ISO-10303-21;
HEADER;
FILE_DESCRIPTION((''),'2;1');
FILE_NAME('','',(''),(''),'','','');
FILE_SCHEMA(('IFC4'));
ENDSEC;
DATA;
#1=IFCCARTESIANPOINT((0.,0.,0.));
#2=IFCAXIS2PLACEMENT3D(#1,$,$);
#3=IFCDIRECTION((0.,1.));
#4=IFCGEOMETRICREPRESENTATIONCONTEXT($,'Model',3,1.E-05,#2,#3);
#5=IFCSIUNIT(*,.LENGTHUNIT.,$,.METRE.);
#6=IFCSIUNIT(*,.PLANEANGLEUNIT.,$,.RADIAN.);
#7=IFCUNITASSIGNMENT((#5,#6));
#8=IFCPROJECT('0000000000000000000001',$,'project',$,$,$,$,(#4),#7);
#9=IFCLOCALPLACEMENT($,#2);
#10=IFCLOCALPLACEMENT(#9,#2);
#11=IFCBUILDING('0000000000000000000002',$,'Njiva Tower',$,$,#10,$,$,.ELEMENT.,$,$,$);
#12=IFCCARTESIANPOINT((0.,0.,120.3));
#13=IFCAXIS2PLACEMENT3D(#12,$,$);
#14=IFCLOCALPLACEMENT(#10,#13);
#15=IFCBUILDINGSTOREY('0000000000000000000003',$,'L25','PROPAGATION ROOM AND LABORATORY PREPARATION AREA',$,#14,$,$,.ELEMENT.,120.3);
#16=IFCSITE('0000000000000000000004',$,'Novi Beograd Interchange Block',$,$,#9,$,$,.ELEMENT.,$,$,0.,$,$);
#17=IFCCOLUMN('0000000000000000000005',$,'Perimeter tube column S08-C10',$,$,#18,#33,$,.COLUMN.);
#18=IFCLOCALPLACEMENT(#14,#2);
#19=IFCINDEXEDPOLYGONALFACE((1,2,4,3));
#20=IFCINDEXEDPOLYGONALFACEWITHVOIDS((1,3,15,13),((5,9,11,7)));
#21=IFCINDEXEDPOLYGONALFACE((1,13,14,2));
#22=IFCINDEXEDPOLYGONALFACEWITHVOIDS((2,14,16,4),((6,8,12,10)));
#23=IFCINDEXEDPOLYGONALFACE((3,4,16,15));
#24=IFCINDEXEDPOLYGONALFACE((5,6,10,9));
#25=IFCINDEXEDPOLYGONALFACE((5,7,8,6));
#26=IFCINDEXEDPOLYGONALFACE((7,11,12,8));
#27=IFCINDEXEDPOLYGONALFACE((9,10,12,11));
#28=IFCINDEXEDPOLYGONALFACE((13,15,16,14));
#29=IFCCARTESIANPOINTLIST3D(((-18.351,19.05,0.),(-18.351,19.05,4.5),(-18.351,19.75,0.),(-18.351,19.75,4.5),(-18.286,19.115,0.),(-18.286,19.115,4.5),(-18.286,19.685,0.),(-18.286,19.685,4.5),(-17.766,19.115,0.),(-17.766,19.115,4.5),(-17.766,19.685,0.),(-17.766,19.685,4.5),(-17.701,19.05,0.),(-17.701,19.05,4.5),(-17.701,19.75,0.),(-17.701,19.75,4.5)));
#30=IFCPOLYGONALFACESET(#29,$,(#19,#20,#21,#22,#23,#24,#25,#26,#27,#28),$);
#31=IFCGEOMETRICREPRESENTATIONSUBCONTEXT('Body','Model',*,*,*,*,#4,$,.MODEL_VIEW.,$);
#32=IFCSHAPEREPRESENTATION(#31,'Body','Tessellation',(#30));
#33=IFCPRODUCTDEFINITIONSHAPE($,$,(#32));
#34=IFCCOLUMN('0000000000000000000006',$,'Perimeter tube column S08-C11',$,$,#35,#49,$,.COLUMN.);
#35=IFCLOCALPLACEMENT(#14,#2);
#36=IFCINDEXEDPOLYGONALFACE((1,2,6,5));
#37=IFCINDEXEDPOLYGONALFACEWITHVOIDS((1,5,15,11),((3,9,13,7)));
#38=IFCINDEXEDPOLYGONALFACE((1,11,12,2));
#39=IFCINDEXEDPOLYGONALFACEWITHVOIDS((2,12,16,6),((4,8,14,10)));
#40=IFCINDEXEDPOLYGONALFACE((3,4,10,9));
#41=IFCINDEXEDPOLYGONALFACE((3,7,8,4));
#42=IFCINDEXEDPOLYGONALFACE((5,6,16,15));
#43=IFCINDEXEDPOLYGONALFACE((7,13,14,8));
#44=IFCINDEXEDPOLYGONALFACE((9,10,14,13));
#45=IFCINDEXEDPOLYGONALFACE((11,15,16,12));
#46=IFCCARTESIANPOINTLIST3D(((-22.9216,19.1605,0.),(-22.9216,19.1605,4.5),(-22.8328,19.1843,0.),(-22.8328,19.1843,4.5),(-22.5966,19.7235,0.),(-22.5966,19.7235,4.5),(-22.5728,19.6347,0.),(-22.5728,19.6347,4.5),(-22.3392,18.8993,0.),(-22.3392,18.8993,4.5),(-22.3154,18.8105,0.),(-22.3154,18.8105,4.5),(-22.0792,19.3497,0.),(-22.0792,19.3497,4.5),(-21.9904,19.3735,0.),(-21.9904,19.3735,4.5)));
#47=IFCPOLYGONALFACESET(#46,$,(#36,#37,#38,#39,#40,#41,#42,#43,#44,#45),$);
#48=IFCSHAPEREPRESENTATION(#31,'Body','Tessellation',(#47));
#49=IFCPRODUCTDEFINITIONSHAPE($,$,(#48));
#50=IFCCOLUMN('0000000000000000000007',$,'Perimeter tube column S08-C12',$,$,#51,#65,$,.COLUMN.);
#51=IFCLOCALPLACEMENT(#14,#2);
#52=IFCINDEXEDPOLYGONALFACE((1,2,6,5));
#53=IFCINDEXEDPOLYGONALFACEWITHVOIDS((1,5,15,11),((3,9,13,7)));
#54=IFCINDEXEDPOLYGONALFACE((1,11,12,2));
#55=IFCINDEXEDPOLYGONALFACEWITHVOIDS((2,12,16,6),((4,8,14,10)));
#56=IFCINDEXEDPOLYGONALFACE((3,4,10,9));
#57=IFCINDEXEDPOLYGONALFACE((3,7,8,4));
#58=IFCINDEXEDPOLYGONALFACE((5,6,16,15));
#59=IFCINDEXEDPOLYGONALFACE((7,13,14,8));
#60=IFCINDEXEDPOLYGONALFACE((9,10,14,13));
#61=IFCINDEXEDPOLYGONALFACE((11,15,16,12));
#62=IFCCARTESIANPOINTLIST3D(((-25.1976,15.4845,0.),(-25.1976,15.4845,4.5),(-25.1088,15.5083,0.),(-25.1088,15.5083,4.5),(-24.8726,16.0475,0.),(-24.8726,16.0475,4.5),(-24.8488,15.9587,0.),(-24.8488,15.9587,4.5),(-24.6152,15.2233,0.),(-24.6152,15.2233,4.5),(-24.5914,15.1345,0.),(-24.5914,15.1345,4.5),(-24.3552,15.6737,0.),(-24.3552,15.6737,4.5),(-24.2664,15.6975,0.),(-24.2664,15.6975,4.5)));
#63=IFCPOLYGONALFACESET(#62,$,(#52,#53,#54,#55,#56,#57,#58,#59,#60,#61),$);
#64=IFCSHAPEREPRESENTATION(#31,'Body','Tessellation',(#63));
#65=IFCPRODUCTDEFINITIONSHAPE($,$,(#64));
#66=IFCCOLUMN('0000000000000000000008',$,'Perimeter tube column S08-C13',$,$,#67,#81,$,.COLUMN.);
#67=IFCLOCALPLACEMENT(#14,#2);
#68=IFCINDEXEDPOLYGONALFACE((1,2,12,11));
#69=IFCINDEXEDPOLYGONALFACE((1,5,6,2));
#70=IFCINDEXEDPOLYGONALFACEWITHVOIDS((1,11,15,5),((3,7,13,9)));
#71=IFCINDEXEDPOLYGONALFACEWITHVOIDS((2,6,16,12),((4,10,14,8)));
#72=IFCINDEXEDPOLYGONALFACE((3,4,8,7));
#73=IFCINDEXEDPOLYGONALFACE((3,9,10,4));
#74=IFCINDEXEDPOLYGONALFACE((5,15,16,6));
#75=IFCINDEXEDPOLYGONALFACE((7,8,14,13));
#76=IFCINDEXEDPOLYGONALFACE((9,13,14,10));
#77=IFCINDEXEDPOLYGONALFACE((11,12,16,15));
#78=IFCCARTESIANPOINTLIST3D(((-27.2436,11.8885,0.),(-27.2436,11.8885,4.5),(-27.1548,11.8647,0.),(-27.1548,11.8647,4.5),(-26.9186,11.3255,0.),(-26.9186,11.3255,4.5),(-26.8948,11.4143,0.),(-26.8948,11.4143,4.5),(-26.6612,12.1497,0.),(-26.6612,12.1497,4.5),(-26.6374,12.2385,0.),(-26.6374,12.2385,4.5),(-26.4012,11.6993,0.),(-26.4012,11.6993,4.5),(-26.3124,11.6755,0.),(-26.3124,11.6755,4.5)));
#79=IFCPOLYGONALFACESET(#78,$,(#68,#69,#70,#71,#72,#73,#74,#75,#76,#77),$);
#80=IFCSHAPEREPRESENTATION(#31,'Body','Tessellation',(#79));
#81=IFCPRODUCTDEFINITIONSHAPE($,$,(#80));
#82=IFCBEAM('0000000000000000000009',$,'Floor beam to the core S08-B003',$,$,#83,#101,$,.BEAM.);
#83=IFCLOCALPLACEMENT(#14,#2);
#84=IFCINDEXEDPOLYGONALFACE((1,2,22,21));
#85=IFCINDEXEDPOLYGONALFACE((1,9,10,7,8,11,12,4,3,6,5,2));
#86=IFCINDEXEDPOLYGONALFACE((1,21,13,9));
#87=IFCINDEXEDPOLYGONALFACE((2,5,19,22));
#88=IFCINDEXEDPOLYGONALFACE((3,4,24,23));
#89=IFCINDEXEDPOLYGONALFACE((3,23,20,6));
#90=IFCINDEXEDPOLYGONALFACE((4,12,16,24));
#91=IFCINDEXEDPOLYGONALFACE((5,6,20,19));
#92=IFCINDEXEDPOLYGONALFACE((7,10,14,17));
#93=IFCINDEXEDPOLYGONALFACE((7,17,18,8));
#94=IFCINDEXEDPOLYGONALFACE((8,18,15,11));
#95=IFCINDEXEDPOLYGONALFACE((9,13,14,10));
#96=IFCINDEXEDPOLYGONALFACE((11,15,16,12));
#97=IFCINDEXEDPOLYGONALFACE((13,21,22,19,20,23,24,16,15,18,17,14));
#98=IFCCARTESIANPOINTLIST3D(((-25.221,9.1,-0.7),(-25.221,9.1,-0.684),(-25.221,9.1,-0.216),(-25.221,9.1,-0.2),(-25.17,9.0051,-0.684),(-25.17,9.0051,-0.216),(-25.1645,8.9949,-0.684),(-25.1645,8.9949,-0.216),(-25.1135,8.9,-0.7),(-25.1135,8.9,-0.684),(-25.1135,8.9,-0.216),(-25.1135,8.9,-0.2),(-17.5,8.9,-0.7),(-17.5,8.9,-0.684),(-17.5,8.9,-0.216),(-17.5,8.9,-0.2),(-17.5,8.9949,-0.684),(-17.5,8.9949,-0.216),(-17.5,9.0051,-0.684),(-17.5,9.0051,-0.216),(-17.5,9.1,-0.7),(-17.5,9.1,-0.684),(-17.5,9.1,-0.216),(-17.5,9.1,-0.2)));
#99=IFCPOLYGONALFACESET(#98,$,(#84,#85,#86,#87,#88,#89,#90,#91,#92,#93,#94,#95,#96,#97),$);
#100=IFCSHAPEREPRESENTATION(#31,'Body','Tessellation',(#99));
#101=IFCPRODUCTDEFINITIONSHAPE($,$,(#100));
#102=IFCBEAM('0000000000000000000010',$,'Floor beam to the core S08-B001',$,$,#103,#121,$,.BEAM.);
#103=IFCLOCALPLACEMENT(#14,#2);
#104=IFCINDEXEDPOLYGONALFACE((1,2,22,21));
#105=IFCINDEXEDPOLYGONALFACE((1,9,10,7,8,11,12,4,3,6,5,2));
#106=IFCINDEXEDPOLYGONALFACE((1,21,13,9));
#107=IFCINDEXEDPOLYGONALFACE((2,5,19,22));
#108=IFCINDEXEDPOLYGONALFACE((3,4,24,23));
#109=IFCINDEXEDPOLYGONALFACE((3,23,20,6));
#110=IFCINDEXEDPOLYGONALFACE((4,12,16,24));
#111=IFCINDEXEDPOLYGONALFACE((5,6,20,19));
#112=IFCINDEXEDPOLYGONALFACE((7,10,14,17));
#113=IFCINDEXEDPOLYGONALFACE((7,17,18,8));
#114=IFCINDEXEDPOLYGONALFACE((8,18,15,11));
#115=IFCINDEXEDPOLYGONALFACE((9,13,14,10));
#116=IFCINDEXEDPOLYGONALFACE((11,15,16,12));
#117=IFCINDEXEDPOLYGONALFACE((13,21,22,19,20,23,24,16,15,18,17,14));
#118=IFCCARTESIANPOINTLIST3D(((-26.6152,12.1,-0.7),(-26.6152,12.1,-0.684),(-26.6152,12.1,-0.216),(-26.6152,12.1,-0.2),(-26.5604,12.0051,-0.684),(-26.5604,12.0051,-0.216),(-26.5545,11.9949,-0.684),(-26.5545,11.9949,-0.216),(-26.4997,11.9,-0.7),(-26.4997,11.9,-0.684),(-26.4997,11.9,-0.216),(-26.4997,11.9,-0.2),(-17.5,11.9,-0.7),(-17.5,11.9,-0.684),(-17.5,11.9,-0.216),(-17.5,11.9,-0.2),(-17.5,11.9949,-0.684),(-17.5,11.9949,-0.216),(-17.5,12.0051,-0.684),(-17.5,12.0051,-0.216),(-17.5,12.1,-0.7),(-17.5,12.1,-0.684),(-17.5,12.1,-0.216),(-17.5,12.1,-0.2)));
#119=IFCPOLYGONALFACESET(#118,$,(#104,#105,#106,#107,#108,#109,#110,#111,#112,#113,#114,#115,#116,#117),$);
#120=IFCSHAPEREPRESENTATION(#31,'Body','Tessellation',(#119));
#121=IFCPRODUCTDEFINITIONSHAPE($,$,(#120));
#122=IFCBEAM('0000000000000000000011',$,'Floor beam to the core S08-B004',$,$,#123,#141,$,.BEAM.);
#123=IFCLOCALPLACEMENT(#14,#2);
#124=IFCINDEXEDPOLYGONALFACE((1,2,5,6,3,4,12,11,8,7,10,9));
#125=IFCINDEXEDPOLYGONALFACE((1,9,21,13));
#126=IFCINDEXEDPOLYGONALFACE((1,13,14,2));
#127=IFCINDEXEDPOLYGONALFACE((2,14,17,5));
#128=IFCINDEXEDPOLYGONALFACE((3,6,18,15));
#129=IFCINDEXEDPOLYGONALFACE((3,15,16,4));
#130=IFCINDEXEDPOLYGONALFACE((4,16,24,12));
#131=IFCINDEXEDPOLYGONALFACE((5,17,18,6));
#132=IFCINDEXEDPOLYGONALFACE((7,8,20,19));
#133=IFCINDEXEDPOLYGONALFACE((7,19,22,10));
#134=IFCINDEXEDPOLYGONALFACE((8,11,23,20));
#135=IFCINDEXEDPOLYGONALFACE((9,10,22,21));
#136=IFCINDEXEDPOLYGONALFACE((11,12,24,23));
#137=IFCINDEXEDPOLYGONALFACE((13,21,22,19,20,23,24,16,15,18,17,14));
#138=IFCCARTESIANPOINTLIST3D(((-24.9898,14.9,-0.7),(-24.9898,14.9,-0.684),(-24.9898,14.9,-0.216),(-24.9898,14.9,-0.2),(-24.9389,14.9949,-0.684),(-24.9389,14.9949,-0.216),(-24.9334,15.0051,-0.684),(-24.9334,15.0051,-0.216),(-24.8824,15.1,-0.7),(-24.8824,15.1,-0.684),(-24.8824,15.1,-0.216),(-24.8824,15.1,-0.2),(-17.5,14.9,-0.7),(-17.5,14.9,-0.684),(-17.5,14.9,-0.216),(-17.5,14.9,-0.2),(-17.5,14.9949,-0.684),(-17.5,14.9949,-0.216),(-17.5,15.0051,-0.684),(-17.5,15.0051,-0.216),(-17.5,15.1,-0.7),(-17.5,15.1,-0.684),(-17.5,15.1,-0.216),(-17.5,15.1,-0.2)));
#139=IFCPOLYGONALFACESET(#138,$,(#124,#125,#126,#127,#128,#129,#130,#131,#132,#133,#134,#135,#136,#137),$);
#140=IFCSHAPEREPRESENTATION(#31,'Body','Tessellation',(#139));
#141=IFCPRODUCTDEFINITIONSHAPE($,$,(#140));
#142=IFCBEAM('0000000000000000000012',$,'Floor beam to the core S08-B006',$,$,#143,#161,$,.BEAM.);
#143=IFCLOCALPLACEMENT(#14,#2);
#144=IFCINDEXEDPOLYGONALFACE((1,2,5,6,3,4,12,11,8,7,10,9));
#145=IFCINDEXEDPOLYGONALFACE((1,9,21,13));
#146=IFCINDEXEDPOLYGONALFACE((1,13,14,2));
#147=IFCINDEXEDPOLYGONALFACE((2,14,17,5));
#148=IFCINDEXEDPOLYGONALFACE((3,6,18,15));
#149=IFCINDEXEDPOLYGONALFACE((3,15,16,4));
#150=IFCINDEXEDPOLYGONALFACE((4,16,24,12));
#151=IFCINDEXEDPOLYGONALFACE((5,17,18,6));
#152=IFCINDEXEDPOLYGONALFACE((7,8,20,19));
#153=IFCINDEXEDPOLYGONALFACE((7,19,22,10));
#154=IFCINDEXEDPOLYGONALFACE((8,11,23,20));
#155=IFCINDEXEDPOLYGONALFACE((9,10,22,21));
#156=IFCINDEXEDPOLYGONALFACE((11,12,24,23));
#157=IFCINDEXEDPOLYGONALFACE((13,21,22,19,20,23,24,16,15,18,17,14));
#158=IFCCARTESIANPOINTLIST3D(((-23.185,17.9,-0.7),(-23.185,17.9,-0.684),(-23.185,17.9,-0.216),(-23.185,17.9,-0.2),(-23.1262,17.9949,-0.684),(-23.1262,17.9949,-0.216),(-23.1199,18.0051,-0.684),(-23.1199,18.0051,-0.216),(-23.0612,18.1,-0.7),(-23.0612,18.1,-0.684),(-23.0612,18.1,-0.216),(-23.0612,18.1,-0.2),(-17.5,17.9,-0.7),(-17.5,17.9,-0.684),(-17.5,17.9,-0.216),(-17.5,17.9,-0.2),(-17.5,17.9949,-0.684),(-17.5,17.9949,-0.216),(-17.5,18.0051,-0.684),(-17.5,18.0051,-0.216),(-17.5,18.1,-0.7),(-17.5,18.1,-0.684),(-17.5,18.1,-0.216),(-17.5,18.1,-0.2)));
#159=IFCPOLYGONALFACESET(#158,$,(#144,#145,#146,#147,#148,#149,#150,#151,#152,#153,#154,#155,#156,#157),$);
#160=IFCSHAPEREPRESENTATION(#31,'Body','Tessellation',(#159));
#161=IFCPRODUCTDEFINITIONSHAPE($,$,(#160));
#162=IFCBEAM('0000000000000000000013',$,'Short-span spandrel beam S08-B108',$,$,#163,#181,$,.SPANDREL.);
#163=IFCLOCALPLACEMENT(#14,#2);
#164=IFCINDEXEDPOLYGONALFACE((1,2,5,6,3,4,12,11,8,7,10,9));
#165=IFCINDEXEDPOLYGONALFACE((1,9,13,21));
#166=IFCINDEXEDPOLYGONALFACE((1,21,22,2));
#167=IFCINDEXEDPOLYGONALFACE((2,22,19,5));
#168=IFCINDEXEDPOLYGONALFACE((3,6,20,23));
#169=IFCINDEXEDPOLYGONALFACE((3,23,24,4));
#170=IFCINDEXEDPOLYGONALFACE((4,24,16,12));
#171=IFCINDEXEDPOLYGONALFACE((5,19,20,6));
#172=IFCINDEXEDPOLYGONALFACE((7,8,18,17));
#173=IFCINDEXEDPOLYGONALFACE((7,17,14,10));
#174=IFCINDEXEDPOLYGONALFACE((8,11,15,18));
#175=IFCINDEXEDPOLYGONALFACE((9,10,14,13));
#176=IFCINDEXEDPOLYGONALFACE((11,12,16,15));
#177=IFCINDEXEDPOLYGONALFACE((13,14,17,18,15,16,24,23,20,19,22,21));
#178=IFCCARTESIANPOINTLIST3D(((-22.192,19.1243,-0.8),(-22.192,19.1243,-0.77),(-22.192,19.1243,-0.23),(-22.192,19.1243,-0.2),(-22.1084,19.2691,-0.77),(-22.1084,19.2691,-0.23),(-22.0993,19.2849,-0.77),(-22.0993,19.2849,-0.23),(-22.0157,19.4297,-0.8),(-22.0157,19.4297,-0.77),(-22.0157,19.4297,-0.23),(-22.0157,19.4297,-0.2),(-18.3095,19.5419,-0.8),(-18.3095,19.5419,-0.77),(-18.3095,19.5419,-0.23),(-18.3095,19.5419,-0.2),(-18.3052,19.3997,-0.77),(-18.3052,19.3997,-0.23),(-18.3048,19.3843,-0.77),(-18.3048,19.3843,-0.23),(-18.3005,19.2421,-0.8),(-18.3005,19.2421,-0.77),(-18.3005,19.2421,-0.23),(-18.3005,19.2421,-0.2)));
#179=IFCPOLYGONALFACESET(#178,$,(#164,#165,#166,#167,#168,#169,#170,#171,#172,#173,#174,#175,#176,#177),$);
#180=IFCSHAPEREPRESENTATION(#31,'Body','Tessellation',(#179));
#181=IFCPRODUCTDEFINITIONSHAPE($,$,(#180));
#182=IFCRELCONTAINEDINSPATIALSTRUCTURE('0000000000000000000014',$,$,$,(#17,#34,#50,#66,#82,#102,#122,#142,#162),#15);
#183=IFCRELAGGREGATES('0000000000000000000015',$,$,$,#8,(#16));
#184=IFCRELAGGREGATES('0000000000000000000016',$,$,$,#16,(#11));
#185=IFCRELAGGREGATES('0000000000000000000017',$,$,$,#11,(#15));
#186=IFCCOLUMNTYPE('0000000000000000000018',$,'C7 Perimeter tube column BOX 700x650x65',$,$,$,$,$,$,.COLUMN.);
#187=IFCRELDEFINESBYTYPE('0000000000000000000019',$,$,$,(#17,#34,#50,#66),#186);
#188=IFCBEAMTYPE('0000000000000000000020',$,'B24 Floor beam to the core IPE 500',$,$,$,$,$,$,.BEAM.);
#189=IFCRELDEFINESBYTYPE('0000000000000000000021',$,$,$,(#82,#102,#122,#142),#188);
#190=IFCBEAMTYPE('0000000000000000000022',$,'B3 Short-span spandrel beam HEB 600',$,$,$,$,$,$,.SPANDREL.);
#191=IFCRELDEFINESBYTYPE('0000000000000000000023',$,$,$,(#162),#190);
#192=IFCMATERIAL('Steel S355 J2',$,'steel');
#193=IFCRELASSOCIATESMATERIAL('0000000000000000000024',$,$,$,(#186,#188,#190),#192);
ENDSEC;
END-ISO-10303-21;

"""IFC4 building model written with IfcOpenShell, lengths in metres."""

from ifc_helpers import new_model, si_unit, direction, frame, origin, origin_2d, place, context, subcontext, project, spatial, hollow_rectangle, i_section, extrude, clip, halfspace, material, material_profile, profile_set, type_object, element, save


model = new_model("IFC4")

# Units and contexts
model_context = context("Model", 3, precision=1e-05, world=origin(), true_north=direction((0.0, 1.0)))
body_context = subcontext(model_context, "Body", "Model", "MODEL_VIEW")
ifc_project = project(units=[si_unit("LENGTHUNIT", "METRE"), si_unit("PLANEANGLEUNIT", "RADIAN")], contexts=[model_context])

# Site, building, storey
site_placement = place(None, origin())
site = spatial("IfcSite", under=ifc_project, at=site_placement, Name="Novi Beograd Interchange Block", CompositionType="ELEMENT", RefElevation=0.0)
building_placement = place(site_placement, origin())
building = spatial("IfcBuilding", under=site, at=building_placement, Name="Njiva Tower", CompositionType="ELEMENT")
storey_placement = place(building_placement, frame((0.0, 0.0, 120.3)))
storey = spatial("IfcBuildingStorey", under=building, at=storey_placement, Name="L25", Description="PROPAGATION ROOM AND LABORATORY PREPARATION AREA", CompositionType="ELEMENT", Elevation=120.3)

# Columns
ifc_material_1 = material(Name="Steel S355 J2", Category="steel")
ifc_material_profile_1 = material_profile(ifc_material_1, hollow_rectangle(XDim=0.65, YDim=0.7, WallThickness=0.065, at=origin_2d()), Name="BOX 700x650x65")
ifc_profile_set_1 = profile_set([ifc_material_profile_1], Name="Steel S355 J2")
column_type = type_object("IfcColumnType", Name="C7 Perimeter tube column BOX 700x650x65", PredefinedType="COLUMN", material=ifc_profile_set_1)
for number, where, z_axis, x_axis, name in (
    (1, (-18.026, 19.4, 0.0), (0.0, 0.0, 1.0), (-1.0, 0.0, 0.0), "Perimeter tube column S08-C10"),
    (2, (-22.456, 19.267, 0.0), (0.0, 0.0, 1.0), (-0.5, -0.866025, 0.0), "Perimeter tube column S08-C11"),
    (3, (-24.732, 15.591, 0.0), (0.0, 0.0, 1.0), (-0.5, -0.866025, 0.0), "Perimeter tube column S08-C12"),
    (4, (-26.778, 11.782, 0.0), (0.0, 0.0, 1.0), (0.5, -0.866025, 0.0), "Perimeter tube column S08-C13"),
):
    element("IfcColumn", number, at=place(storey_placement, frame(where, z_axis=z_axis, x_axis=x_axis)), inside=storey, type_object=column_type, Name=name, PredefinedType="COLUMN", context=body_context, shape_type="SweptSolid", body=[
        extrude(hollow_rectangle(XDim=0.65, YDim=0.7, WallThickness=0.065, at=origin_2d()), origin(), (0.0, 0.0, 1.0), 4.5),
    ])

# Beams
ifc_material_profile_2 = material_profile(ifc_material_1, i_section(OverallWidth=0.2, OverallDepth=0.5, WebThickness=0.0102, FlangeThickness=0.016, at=origin_2d()), Name="IPE 500")
ifc_profile_set_2 = profile_set([ifc_material_profile_2], Name="Steel S355 J2")
beam_type_1 = type_object("IfcBeamType", Name="B24 Floor beam to the core IPE 500", PredefinedType="BEAM", material=ifc_profile_set_2)
beam_1_placement = place(storey_placement, frame((-25.241, 9.0, -0.45), z_axis=(1.0, 0.0, 0.0), x_axis=(0.0, 1.0, 0.0)))
element("IfcBeam", 5, at=beam_1_placement, inside=storey, type_object=beam_type_1, Name="Floor beam to the core S08-B003", PredefinedType="BEAM", context=body_context, shape_type="Clipping", body=[
    clip(extrude(i_section(OverallWidth=0.2, OverallDepth=0.5, WebThickness=0.0102, FlangeThickness=0.016, at=origin_2d()), origin(), (0.0, 0.0, 1.0), 7.741), halfspace(frame((-0.0237, 0.0, 0.0865), z_axis=(-0.473762, 0.0, -0.880653), x_axis=(0.0, -1.0, 0.0)), False)),
])
beam_2_placement = place(storey_placement, frame((-26.635, 12.0, -0.45), z_axis=(1.0, 0.0, 0.0), x_axis=(0.0, 1.0, 0.0)))
element("IfcBeam", 6, at=beam_2_placement, inside=storey, type_object=beam_type_1, Name="Floor beam to the core S08-B001", PredefinedType="BEAM", context=body_context, shape_type="Clipping", body=[
    clip(extrude(i_section(OverallWidth=0.2, OverallDepth=0.5, WebThickness=0.0102, FlangeThickness=0.016, at=origin_2d()), origin(), (0.0, 0.0, 1.0), 9.135), halfspace(frame((-0.025, 0.0, 0.092), z_axis=(-0.499998, 0.0, -0.866027), x_axis=(0.0, -1.0, 0.0)), False)),
])
beam_3_placement = place(storey_placement, frame((-25.01, 15.0, -0.45), z_axis=(1.0, 0.0, 0.0), x_axis=(0.0, 1.0, 0.0)))
element("IfcBeam", 7, at=beam_3_placement, inside=storey, type_object=beam_type_1, Name="Floor beam to the core S08-B004", PredefinedType="BEAM", context=body_context, shape_type="Clipping", body=[
    clip(extrude(i_section(OverallWidth=0.2, OverallDepth=0.5, WebThickness=0.0102, FlangeThickness=0.016, at=origin_2d()), origin(), (0.0, 0.0, 1.0), 7.51), halfspace(frame((0.0237, 0.0, 0.0866), z_axis=(0.473099, 0.0, -0.881009), x_axis=(0.0, -1.0, 0.0)), False)),
])
beam_4_placement = place(storey_placement, frame((-23.205, 18.0, -0.45), z_axis=(1.0, 0.0, 0.0), x_axis=(0.0, 1.0, 0.0)))
element("IfcBeam", 8, at=beam_4_placement, inside=storey, type_object=beam_type_1, Name="Floor beam to the core S08-B006", PredefinedType="BEAM", context=body_context, shape_type="Clipping", body=[
    clip(extrude(i_section(OverallWidth=0.2, OverallDepth=0.5, WebThickness=0.0102, FlangeThickness=0.016, at=origin_2d()), origin(), (0.0, 0.0, 1.0), 5.705), halfspace(frame((0.0263, 0.0, 0.0982), z_axis=(0.526429, 0.0, -0.850219), x_axis=(0.0, -1.0, 0.0)), False)),
])
ifc_material_profile_3 = material_profile(ifc_material_1, i_section(OverallWidth=0.3, OverallDepth=0.6, WebThickness=0.0155, FlangeThickness=0.03, at=origin_2d()), Name="HEB 600")
ifc_profile_set_3 = profile_set([ifc_material_profile_3], Name="Steel S355 J2")
beam_type_2 = type_object("IfcBeamType", Name="B3 Short-span spandrel beam HEB 600", PredefinedType="SPANDREL", material=ifc_profile_set_3)
beam_5_placement = place(storey_placement, frame((-18.305, 19.392, -0.5), z_axis=(-0.999542, -0.030257, 0.0), x_axis=(0.030257, -0.999542, 0.0)))
element("IfcBeam", 9, at=beam_5_placement, inside=storey, type_object=beam_type_2, Name="Short-span spandrel beam S08-B108", PredefinedType="SPANDREL", context=body_context, shape_type="Clipping", body=[
    clip(extrude(i_section(OverallWidth=0.3, OverallDepth=0.6, WebThickness=0.0155, FlangeThickness=0.03, at=origin_2d()), origin(), (0.0, 0.0, 1.0), 3.9137), halfspace(frame((-0.0268, 0.0, 3.784), z_axis=(-0.525973, 0.0, 0.850501), x_axis=(0.0, 1.0, 0.0)), False)),
])

save(model, "model.ifc")
